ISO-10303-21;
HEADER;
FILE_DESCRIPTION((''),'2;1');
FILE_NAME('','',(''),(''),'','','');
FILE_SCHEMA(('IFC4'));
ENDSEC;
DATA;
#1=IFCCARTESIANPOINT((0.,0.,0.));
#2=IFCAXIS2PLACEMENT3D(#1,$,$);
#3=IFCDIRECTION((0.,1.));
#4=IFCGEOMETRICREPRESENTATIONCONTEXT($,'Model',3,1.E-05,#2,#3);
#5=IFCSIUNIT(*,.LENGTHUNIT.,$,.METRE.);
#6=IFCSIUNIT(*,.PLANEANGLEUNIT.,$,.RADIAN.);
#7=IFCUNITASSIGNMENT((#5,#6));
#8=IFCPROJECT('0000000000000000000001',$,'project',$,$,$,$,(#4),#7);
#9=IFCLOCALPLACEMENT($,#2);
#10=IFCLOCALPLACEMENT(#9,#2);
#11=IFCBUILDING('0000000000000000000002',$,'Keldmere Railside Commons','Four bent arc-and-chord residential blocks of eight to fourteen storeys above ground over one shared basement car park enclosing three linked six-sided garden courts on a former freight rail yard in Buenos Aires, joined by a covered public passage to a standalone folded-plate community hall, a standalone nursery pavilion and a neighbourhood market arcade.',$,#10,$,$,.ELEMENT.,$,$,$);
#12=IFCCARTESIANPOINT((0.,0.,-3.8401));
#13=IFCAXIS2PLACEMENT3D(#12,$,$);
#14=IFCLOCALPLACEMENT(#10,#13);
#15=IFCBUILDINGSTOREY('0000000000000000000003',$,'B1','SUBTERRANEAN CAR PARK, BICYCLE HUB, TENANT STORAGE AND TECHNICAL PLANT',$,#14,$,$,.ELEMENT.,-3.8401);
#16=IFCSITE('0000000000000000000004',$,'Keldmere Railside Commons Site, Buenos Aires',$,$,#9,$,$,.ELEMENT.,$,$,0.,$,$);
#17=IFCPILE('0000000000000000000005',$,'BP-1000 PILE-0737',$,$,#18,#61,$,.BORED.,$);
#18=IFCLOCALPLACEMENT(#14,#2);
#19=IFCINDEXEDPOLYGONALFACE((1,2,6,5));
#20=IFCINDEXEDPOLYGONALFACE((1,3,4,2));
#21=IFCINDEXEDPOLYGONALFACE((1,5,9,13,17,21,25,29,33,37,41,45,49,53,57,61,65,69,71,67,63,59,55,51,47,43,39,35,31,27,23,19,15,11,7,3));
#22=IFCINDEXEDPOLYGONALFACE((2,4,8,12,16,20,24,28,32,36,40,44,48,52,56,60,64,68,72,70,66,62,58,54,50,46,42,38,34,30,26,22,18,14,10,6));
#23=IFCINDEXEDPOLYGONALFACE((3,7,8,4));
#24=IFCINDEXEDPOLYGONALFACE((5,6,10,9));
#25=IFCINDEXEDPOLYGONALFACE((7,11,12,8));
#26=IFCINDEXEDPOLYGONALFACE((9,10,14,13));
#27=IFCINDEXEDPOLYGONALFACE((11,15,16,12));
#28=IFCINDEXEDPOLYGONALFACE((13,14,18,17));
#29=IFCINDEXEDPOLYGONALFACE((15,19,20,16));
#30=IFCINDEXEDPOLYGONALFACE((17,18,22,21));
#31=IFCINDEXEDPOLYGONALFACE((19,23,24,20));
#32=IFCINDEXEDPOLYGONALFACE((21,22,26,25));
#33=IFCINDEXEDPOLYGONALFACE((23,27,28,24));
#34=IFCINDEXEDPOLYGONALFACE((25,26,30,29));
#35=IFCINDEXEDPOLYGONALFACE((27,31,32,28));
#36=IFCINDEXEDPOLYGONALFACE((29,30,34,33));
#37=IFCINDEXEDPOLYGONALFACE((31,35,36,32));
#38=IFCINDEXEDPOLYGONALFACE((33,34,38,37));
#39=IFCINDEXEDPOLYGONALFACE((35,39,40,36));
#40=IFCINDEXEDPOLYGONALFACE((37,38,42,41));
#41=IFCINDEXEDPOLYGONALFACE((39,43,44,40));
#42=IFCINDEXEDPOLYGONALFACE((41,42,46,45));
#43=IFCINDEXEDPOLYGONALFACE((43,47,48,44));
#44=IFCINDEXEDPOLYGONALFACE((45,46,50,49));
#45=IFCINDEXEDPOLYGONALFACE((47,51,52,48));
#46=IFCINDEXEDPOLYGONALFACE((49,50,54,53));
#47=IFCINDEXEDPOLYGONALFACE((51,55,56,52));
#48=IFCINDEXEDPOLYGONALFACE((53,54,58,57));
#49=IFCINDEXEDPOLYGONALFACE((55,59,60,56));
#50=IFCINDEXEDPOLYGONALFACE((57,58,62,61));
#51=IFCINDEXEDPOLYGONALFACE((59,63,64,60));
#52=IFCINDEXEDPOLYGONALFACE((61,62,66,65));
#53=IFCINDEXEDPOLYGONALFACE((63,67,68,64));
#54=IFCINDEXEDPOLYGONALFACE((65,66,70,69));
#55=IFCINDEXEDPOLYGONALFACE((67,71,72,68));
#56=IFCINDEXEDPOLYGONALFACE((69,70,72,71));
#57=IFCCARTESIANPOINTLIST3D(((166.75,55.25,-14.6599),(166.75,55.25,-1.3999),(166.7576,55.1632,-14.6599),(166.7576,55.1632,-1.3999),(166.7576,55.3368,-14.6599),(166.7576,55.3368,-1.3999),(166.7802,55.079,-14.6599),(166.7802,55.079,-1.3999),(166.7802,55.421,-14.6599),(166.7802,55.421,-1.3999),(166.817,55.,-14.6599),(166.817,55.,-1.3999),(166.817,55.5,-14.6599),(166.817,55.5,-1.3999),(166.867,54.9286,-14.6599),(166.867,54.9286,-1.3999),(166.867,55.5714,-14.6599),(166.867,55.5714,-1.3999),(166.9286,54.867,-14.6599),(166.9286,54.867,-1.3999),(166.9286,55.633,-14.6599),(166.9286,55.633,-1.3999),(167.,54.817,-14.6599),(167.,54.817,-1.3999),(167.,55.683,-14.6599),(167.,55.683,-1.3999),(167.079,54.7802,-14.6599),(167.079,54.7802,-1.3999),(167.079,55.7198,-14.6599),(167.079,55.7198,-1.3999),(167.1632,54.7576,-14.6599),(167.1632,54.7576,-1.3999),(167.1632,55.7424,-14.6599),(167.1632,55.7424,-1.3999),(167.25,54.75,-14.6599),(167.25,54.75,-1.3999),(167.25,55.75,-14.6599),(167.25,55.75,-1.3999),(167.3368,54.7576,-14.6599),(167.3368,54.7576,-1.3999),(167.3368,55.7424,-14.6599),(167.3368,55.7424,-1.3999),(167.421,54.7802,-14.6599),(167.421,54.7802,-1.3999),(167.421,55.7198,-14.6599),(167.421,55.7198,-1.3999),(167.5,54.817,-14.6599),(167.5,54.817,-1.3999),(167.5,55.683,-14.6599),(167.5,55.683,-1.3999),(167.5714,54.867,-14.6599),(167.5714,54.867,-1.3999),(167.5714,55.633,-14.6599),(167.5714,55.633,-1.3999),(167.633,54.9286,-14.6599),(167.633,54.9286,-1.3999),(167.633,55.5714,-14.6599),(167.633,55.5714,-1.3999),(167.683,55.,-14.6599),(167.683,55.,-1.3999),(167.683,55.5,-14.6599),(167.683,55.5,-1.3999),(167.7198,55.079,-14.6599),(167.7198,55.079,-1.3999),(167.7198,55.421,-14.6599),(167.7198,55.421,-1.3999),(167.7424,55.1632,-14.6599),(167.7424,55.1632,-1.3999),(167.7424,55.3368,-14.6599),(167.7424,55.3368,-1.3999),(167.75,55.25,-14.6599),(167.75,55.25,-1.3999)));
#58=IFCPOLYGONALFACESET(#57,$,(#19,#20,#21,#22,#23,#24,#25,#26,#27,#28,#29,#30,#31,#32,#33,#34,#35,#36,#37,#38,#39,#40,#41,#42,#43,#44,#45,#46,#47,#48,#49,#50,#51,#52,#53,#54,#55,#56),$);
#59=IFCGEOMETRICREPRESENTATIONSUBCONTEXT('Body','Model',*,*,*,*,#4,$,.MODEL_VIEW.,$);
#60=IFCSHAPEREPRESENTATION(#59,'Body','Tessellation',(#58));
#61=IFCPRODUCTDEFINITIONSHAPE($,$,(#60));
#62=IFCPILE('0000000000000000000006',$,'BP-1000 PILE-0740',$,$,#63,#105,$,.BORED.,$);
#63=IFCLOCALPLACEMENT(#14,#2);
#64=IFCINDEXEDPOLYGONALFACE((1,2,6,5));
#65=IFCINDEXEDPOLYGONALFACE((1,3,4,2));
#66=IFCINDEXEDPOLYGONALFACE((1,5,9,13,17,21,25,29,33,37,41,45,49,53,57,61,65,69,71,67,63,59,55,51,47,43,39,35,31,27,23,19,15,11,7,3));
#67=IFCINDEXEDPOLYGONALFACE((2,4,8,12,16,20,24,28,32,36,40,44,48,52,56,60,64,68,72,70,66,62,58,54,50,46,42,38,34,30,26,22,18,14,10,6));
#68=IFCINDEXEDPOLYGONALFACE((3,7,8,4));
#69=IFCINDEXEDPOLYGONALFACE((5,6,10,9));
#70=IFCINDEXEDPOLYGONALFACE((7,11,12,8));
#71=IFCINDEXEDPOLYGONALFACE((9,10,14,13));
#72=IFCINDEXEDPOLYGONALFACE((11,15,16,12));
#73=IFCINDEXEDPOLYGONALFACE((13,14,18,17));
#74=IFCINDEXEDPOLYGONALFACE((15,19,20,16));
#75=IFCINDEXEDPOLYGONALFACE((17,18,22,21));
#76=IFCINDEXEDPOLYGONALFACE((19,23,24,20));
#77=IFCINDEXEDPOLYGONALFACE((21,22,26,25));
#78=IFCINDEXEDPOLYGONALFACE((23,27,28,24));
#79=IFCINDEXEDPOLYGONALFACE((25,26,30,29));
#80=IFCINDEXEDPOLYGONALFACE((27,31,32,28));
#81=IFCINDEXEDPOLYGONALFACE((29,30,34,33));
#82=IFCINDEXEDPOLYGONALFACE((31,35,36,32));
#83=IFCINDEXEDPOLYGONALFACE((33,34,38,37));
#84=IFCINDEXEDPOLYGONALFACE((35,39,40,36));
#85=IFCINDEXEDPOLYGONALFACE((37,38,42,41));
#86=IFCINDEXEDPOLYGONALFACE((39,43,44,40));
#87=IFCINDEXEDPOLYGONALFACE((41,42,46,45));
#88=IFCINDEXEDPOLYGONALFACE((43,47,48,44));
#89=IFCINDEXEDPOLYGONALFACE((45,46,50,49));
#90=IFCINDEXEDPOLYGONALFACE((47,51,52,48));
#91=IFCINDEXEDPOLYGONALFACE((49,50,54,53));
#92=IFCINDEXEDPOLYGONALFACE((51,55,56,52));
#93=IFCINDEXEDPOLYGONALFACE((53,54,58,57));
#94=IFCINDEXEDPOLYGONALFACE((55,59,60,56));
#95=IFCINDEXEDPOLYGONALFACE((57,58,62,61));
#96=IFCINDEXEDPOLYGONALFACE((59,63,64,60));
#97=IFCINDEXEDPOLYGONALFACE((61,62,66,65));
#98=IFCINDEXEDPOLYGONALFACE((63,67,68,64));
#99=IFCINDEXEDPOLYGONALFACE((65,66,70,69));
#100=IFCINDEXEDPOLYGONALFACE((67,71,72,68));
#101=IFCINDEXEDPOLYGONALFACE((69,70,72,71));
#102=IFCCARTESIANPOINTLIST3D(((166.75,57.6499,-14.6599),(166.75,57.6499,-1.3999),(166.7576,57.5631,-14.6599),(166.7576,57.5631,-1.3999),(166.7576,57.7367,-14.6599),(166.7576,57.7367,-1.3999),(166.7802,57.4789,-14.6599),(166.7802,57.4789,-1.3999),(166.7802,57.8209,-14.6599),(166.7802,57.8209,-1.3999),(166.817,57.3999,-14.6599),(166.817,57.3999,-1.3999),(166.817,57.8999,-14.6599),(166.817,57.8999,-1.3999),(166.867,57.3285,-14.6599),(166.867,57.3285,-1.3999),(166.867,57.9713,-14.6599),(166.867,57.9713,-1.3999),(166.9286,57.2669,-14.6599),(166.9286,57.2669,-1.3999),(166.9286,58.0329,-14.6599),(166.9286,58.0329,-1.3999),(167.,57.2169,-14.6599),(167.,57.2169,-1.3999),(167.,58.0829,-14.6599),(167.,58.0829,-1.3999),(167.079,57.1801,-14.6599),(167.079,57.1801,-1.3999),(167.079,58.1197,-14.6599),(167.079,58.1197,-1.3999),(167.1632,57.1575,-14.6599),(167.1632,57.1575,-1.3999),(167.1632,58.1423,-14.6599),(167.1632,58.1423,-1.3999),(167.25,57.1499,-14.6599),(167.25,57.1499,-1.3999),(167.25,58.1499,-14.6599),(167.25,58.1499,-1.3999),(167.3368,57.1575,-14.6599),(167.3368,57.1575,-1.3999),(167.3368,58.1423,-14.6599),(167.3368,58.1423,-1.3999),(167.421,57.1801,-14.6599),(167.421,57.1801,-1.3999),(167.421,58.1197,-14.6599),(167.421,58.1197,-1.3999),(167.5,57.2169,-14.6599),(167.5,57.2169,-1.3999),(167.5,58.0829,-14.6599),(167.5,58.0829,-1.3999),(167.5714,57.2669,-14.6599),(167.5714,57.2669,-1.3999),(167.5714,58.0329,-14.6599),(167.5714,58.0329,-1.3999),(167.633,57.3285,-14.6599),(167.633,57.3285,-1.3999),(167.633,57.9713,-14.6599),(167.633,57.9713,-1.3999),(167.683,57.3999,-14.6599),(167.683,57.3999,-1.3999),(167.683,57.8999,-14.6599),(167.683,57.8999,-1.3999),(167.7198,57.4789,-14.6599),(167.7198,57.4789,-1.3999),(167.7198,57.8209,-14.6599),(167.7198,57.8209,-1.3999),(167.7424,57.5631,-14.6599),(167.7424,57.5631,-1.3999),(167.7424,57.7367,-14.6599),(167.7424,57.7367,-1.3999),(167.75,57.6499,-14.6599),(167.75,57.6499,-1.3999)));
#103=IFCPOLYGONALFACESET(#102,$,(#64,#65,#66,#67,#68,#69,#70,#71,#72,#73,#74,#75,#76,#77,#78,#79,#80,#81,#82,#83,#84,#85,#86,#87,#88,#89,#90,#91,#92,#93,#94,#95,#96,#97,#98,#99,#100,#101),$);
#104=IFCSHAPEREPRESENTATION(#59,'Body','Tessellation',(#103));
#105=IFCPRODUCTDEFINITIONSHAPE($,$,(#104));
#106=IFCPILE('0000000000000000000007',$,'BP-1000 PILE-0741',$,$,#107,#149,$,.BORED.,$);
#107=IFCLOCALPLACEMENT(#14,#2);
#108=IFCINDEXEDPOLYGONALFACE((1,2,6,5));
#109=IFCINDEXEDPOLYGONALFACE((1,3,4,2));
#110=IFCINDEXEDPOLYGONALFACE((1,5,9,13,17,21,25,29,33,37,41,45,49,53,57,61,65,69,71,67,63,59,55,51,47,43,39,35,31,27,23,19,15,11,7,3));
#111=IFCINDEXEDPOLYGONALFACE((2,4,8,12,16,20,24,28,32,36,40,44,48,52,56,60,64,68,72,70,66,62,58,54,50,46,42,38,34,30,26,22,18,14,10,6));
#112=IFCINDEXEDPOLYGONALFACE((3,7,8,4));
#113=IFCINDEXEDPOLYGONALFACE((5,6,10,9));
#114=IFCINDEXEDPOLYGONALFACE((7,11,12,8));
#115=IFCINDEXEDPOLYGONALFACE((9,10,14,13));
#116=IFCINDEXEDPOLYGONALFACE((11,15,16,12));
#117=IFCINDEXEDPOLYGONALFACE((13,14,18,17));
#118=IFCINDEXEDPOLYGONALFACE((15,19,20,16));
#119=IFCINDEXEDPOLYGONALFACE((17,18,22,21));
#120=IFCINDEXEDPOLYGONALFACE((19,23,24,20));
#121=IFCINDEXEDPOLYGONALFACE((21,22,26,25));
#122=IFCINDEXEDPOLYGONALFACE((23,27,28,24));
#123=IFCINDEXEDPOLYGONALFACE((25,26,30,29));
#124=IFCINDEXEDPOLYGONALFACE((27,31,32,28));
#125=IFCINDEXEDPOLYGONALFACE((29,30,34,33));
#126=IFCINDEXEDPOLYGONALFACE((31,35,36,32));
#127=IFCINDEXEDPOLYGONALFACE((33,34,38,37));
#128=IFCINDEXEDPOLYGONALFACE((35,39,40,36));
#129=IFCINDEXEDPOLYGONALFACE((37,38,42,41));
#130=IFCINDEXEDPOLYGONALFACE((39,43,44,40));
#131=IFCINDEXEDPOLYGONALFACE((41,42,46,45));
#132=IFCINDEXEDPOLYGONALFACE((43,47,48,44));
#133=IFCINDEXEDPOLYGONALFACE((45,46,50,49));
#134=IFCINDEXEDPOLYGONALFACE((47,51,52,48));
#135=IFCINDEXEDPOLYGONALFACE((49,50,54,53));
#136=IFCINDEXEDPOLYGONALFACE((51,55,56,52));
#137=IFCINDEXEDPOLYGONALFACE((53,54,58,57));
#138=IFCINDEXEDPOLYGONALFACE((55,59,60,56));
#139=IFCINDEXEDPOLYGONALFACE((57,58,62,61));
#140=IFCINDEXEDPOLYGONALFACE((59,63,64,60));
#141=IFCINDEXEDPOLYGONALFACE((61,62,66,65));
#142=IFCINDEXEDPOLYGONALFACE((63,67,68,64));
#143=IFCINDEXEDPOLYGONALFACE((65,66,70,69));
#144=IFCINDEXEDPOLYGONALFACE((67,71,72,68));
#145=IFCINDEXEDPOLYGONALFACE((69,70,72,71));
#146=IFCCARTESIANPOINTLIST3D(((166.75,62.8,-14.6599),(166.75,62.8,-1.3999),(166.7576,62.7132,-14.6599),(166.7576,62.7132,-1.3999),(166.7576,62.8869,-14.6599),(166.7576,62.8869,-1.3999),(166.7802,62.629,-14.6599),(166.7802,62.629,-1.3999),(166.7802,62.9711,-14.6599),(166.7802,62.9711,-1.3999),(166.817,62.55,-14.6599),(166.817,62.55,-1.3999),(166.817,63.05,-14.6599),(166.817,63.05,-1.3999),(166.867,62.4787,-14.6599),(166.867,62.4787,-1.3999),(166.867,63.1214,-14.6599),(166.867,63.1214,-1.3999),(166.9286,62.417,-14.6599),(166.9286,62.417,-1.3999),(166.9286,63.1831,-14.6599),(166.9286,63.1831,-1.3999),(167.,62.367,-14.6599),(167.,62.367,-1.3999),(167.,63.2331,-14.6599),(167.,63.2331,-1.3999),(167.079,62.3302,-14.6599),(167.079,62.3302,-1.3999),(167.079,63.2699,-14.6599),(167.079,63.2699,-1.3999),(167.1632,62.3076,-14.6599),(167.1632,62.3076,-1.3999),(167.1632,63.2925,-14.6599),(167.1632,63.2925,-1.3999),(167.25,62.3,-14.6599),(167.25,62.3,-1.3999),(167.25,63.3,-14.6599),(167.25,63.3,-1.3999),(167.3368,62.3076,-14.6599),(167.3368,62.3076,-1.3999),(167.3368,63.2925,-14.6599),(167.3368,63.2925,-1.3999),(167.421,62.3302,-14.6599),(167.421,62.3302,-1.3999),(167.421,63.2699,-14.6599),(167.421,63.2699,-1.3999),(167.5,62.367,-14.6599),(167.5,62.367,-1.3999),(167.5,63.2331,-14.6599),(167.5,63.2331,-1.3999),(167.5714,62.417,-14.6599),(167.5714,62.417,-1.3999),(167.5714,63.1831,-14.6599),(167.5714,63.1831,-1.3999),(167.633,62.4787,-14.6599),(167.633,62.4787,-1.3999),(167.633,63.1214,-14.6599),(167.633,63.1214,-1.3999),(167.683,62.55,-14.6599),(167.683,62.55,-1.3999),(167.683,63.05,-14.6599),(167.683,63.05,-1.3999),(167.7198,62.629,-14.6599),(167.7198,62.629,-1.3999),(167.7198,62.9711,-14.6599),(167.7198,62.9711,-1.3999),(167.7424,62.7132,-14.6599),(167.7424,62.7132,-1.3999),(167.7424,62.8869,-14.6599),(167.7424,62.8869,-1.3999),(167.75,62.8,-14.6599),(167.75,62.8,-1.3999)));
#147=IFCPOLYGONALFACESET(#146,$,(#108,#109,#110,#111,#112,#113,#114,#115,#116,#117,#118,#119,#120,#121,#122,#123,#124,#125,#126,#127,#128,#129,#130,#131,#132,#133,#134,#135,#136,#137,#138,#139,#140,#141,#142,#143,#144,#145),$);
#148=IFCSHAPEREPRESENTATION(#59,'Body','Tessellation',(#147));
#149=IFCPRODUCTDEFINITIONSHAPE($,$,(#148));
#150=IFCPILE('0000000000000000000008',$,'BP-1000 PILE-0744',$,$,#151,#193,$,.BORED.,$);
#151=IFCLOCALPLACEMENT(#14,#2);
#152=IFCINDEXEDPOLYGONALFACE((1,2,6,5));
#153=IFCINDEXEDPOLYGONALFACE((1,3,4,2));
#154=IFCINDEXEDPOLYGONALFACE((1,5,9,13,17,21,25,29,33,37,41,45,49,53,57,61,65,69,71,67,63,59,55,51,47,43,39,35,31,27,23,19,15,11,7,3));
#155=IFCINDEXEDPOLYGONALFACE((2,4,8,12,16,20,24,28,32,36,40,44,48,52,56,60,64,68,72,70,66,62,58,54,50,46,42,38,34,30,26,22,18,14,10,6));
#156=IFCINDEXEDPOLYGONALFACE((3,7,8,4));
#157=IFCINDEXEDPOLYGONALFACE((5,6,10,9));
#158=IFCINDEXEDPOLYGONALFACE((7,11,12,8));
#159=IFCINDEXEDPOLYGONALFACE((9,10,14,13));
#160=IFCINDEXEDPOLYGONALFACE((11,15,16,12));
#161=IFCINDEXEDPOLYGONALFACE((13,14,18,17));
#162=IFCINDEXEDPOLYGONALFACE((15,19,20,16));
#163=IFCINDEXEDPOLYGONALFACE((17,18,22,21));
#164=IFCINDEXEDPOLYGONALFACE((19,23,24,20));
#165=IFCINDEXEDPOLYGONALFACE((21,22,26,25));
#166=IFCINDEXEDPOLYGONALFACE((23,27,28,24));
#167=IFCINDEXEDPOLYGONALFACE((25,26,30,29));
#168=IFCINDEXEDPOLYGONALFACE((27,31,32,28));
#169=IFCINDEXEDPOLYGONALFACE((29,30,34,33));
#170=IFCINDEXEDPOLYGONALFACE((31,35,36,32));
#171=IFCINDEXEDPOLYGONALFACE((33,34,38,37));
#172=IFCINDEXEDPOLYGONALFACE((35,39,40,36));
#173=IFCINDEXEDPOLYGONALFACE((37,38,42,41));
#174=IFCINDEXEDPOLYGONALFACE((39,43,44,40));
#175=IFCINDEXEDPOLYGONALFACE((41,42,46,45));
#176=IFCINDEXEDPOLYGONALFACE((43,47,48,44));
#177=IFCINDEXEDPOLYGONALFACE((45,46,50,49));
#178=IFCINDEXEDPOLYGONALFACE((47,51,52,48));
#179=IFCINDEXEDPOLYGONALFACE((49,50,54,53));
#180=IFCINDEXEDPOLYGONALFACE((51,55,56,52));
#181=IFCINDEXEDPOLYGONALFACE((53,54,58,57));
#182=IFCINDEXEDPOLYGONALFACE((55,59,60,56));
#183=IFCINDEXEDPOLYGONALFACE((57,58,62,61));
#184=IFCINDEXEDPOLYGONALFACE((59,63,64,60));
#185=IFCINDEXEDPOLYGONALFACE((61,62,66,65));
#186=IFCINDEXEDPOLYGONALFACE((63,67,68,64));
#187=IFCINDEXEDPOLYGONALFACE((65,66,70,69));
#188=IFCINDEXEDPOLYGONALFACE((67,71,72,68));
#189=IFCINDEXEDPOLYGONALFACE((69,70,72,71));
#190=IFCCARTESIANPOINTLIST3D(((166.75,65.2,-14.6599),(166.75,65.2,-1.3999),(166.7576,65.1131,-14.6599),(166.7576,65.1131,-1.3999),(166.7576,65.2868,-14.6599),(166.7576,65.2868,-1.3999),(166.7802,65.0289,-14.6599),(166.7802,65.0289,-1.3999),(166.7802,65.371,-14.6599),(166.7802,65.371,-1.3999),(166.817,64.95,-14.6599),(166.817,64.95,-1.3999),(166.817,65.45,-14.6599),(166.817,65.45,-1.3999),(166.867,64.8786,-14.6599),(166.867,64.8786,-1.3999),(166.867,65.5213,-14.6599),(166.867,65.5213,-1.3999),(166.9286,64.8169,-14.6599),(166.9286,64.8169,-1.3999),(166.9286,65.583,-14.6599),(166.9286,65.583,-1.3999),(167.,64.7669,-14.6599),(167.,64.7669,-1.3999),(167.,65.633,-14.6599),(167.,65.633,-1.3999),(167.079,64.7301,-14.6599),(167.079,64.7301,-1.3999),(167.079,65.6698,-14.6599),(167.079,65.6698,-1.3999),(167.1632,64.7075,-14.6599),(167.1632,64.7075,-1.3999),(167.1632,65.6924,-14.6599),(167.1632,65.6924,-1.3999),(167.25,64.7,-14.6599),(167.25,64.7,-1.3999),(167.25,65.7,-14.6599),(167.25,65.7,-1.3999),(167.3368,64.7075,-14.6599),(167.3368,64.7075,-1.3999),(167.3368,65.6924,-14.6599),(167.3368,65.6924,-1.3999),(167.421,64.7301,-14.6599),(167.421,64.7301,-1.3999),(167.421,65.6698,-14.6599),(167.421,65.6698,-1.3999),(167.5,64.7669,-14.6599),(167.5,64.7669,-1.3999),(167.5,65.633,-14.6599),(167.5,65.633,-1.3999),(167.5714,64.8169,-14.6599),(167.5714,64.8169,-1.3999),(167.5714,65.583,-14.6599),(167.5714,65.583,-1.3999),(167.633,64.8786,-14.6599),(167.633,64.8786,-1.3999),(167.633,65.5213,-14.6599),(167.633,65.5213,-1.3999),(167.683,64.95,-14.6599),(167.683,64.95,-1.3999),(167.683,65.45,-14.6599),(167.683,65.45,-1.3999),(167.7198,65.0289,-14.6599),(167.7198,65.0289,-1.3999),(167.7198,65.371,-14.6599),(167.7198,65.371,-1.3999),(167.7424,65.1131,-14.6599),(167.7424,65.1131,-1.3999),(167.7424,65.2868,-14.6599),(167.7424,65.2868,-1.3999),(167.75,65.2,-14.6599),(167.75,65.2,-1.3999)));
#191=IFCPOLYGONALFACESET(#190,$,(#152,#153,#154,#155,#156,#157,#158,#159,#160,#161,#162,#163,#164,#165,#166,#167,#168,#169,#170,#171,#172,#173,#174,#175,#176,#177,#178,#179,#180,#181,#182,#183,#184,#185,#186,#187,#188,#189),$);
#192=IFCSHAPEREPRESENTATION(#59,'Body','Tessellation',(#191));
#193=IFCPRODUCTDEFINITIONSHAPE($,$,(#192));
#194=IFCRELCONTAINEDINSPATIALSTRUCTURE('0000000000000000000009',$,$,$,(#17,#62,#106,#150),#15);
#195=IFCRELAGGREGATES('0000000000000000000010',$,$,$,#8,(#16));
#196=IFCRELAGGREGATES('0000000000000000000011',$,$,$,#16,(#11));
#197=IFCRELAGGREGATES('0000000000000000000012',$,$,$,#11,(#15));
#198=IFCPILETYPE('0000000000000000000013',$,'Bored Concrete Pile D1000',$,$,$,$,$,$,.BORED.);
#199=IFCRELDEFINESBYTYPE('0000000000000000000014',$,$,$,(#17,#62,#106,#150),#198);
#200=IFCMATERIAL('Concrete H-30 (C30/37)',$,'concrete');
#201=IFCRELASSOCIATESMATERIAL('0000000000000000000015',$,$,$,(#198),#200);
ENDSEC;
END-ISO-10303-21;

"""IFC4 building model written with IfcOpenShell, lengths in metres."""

from ifc_helpers import new_model, si_unit, direction, frame, origin, origin_2d, place, context, subcontext, project, spatial, circle, extrude, material, material_profile, profile_set, type_object, element, save


model = new_model("IFC4")

# Units and contexts
model_context = context("Model", 3, precision=1e-05, world=origin(), true_north=direction((0.0, 1.0)))
body_context = subcontext(model_context, "Body", "Model", "MODEL_VIEW")
ifc_project = project(units=[si_unit("LENGTHUNIT", "METRE"), si_unit("PLANEANGLEUNIT", "RADIAN")], contexts=[model_context])

# Site, building, storey
site_placement = place(None, origin())
site = spatial("IfcSite", under=ifc_project, at=site_placement, Name="Keldmere Railside Commons Site, Buenos Aires", CompositionType="ELEMENT", RefElevation=0.0)
building_placement = place(site_placement, origin())
building = spatial("IfcBuilding", under=site, at=building_placement, Name="Keldmere Railside Commons", Description="Four bent arc-and-chord residential blocks of eight to fourteen storeys above ground over one shared basement car park enclosing three linked six-sided garden courts on a former freight rail yard in Buenos Aires, joined by a covered public passage to a standalone folded-plate community hall, a standalone nursery pavilion and a neighbourhood market arcade.", CompositionType="ELEMENT")
storey_placement = place(building_placement, frame((0.0, 0.0, -3.8401)))
storey = spatial("IfcBuildingStorey", under=building, at=storey_placement, Name="B1", Description="SUBTERRANEAN CAR PARK, BICYCLE HUB, TENANT STORAGE AND TECHNICAL PLANT", CompositionType="ELEMENT", Elevation=-3.8401)

# Piles
ifc_material_1 = material(Name="Concrete H-30 (C30/37)", Category="concrete")
ifc_material_profile_1 = material_profile(ifc_material_1, circle(Radius=0.5, at=origin_2d()), Name="PILE-D1000")
ifc_profile_set_1 = profile_set([ifc_material_profile_1], Name="Concrete H-30 (C30/37)")
pile_type_1 = type_object("IfcPileType", Name="Bored Concrete Pile D1000", PredefinedType="BORED", material=ifc_profile_set_1)
for number, where, z_axis, x_axis, name in (
    (1, (167.25, 55.25, -1.3999), (0.0, 0.0, -1.0), (1.0, 0.0, 0.0), "BP-1000 PILE-0737"),
    (2, (167.25, 57.6499, -1.3999), (0.0, 0.0, -1.0), (1.0, 0.0, 0.0), "BP-1000 PILE-0740"),
    (3, (167.25, 62.8, -1.3999), (0.0, 0.0, -1.0), (1.0, 0.0, 0.0), "BP-1000 PILE-0741"),
    (4, (167.25, 65.2, -1.3999), (0.0, 0.0, -1.0), (1.0, 0.0, 0.0), "BP-1000 PILE-0744"),
):
    element("IfcPile", number, at=place(storey_placement, frame(where, z_axis=z_axis, x_axis=x_axis)), inside=storey, type_object=pile_type_1, Name=name, PredefinedType="BORED", context=body_context, shape_type="SweptSolid", body=[
        extrude(circle(Radius=0.5, at=origin_2d()), origin(), (0.0, 0.0, 1.0), 13.26),
    ])

save(model, "model.ifc")
